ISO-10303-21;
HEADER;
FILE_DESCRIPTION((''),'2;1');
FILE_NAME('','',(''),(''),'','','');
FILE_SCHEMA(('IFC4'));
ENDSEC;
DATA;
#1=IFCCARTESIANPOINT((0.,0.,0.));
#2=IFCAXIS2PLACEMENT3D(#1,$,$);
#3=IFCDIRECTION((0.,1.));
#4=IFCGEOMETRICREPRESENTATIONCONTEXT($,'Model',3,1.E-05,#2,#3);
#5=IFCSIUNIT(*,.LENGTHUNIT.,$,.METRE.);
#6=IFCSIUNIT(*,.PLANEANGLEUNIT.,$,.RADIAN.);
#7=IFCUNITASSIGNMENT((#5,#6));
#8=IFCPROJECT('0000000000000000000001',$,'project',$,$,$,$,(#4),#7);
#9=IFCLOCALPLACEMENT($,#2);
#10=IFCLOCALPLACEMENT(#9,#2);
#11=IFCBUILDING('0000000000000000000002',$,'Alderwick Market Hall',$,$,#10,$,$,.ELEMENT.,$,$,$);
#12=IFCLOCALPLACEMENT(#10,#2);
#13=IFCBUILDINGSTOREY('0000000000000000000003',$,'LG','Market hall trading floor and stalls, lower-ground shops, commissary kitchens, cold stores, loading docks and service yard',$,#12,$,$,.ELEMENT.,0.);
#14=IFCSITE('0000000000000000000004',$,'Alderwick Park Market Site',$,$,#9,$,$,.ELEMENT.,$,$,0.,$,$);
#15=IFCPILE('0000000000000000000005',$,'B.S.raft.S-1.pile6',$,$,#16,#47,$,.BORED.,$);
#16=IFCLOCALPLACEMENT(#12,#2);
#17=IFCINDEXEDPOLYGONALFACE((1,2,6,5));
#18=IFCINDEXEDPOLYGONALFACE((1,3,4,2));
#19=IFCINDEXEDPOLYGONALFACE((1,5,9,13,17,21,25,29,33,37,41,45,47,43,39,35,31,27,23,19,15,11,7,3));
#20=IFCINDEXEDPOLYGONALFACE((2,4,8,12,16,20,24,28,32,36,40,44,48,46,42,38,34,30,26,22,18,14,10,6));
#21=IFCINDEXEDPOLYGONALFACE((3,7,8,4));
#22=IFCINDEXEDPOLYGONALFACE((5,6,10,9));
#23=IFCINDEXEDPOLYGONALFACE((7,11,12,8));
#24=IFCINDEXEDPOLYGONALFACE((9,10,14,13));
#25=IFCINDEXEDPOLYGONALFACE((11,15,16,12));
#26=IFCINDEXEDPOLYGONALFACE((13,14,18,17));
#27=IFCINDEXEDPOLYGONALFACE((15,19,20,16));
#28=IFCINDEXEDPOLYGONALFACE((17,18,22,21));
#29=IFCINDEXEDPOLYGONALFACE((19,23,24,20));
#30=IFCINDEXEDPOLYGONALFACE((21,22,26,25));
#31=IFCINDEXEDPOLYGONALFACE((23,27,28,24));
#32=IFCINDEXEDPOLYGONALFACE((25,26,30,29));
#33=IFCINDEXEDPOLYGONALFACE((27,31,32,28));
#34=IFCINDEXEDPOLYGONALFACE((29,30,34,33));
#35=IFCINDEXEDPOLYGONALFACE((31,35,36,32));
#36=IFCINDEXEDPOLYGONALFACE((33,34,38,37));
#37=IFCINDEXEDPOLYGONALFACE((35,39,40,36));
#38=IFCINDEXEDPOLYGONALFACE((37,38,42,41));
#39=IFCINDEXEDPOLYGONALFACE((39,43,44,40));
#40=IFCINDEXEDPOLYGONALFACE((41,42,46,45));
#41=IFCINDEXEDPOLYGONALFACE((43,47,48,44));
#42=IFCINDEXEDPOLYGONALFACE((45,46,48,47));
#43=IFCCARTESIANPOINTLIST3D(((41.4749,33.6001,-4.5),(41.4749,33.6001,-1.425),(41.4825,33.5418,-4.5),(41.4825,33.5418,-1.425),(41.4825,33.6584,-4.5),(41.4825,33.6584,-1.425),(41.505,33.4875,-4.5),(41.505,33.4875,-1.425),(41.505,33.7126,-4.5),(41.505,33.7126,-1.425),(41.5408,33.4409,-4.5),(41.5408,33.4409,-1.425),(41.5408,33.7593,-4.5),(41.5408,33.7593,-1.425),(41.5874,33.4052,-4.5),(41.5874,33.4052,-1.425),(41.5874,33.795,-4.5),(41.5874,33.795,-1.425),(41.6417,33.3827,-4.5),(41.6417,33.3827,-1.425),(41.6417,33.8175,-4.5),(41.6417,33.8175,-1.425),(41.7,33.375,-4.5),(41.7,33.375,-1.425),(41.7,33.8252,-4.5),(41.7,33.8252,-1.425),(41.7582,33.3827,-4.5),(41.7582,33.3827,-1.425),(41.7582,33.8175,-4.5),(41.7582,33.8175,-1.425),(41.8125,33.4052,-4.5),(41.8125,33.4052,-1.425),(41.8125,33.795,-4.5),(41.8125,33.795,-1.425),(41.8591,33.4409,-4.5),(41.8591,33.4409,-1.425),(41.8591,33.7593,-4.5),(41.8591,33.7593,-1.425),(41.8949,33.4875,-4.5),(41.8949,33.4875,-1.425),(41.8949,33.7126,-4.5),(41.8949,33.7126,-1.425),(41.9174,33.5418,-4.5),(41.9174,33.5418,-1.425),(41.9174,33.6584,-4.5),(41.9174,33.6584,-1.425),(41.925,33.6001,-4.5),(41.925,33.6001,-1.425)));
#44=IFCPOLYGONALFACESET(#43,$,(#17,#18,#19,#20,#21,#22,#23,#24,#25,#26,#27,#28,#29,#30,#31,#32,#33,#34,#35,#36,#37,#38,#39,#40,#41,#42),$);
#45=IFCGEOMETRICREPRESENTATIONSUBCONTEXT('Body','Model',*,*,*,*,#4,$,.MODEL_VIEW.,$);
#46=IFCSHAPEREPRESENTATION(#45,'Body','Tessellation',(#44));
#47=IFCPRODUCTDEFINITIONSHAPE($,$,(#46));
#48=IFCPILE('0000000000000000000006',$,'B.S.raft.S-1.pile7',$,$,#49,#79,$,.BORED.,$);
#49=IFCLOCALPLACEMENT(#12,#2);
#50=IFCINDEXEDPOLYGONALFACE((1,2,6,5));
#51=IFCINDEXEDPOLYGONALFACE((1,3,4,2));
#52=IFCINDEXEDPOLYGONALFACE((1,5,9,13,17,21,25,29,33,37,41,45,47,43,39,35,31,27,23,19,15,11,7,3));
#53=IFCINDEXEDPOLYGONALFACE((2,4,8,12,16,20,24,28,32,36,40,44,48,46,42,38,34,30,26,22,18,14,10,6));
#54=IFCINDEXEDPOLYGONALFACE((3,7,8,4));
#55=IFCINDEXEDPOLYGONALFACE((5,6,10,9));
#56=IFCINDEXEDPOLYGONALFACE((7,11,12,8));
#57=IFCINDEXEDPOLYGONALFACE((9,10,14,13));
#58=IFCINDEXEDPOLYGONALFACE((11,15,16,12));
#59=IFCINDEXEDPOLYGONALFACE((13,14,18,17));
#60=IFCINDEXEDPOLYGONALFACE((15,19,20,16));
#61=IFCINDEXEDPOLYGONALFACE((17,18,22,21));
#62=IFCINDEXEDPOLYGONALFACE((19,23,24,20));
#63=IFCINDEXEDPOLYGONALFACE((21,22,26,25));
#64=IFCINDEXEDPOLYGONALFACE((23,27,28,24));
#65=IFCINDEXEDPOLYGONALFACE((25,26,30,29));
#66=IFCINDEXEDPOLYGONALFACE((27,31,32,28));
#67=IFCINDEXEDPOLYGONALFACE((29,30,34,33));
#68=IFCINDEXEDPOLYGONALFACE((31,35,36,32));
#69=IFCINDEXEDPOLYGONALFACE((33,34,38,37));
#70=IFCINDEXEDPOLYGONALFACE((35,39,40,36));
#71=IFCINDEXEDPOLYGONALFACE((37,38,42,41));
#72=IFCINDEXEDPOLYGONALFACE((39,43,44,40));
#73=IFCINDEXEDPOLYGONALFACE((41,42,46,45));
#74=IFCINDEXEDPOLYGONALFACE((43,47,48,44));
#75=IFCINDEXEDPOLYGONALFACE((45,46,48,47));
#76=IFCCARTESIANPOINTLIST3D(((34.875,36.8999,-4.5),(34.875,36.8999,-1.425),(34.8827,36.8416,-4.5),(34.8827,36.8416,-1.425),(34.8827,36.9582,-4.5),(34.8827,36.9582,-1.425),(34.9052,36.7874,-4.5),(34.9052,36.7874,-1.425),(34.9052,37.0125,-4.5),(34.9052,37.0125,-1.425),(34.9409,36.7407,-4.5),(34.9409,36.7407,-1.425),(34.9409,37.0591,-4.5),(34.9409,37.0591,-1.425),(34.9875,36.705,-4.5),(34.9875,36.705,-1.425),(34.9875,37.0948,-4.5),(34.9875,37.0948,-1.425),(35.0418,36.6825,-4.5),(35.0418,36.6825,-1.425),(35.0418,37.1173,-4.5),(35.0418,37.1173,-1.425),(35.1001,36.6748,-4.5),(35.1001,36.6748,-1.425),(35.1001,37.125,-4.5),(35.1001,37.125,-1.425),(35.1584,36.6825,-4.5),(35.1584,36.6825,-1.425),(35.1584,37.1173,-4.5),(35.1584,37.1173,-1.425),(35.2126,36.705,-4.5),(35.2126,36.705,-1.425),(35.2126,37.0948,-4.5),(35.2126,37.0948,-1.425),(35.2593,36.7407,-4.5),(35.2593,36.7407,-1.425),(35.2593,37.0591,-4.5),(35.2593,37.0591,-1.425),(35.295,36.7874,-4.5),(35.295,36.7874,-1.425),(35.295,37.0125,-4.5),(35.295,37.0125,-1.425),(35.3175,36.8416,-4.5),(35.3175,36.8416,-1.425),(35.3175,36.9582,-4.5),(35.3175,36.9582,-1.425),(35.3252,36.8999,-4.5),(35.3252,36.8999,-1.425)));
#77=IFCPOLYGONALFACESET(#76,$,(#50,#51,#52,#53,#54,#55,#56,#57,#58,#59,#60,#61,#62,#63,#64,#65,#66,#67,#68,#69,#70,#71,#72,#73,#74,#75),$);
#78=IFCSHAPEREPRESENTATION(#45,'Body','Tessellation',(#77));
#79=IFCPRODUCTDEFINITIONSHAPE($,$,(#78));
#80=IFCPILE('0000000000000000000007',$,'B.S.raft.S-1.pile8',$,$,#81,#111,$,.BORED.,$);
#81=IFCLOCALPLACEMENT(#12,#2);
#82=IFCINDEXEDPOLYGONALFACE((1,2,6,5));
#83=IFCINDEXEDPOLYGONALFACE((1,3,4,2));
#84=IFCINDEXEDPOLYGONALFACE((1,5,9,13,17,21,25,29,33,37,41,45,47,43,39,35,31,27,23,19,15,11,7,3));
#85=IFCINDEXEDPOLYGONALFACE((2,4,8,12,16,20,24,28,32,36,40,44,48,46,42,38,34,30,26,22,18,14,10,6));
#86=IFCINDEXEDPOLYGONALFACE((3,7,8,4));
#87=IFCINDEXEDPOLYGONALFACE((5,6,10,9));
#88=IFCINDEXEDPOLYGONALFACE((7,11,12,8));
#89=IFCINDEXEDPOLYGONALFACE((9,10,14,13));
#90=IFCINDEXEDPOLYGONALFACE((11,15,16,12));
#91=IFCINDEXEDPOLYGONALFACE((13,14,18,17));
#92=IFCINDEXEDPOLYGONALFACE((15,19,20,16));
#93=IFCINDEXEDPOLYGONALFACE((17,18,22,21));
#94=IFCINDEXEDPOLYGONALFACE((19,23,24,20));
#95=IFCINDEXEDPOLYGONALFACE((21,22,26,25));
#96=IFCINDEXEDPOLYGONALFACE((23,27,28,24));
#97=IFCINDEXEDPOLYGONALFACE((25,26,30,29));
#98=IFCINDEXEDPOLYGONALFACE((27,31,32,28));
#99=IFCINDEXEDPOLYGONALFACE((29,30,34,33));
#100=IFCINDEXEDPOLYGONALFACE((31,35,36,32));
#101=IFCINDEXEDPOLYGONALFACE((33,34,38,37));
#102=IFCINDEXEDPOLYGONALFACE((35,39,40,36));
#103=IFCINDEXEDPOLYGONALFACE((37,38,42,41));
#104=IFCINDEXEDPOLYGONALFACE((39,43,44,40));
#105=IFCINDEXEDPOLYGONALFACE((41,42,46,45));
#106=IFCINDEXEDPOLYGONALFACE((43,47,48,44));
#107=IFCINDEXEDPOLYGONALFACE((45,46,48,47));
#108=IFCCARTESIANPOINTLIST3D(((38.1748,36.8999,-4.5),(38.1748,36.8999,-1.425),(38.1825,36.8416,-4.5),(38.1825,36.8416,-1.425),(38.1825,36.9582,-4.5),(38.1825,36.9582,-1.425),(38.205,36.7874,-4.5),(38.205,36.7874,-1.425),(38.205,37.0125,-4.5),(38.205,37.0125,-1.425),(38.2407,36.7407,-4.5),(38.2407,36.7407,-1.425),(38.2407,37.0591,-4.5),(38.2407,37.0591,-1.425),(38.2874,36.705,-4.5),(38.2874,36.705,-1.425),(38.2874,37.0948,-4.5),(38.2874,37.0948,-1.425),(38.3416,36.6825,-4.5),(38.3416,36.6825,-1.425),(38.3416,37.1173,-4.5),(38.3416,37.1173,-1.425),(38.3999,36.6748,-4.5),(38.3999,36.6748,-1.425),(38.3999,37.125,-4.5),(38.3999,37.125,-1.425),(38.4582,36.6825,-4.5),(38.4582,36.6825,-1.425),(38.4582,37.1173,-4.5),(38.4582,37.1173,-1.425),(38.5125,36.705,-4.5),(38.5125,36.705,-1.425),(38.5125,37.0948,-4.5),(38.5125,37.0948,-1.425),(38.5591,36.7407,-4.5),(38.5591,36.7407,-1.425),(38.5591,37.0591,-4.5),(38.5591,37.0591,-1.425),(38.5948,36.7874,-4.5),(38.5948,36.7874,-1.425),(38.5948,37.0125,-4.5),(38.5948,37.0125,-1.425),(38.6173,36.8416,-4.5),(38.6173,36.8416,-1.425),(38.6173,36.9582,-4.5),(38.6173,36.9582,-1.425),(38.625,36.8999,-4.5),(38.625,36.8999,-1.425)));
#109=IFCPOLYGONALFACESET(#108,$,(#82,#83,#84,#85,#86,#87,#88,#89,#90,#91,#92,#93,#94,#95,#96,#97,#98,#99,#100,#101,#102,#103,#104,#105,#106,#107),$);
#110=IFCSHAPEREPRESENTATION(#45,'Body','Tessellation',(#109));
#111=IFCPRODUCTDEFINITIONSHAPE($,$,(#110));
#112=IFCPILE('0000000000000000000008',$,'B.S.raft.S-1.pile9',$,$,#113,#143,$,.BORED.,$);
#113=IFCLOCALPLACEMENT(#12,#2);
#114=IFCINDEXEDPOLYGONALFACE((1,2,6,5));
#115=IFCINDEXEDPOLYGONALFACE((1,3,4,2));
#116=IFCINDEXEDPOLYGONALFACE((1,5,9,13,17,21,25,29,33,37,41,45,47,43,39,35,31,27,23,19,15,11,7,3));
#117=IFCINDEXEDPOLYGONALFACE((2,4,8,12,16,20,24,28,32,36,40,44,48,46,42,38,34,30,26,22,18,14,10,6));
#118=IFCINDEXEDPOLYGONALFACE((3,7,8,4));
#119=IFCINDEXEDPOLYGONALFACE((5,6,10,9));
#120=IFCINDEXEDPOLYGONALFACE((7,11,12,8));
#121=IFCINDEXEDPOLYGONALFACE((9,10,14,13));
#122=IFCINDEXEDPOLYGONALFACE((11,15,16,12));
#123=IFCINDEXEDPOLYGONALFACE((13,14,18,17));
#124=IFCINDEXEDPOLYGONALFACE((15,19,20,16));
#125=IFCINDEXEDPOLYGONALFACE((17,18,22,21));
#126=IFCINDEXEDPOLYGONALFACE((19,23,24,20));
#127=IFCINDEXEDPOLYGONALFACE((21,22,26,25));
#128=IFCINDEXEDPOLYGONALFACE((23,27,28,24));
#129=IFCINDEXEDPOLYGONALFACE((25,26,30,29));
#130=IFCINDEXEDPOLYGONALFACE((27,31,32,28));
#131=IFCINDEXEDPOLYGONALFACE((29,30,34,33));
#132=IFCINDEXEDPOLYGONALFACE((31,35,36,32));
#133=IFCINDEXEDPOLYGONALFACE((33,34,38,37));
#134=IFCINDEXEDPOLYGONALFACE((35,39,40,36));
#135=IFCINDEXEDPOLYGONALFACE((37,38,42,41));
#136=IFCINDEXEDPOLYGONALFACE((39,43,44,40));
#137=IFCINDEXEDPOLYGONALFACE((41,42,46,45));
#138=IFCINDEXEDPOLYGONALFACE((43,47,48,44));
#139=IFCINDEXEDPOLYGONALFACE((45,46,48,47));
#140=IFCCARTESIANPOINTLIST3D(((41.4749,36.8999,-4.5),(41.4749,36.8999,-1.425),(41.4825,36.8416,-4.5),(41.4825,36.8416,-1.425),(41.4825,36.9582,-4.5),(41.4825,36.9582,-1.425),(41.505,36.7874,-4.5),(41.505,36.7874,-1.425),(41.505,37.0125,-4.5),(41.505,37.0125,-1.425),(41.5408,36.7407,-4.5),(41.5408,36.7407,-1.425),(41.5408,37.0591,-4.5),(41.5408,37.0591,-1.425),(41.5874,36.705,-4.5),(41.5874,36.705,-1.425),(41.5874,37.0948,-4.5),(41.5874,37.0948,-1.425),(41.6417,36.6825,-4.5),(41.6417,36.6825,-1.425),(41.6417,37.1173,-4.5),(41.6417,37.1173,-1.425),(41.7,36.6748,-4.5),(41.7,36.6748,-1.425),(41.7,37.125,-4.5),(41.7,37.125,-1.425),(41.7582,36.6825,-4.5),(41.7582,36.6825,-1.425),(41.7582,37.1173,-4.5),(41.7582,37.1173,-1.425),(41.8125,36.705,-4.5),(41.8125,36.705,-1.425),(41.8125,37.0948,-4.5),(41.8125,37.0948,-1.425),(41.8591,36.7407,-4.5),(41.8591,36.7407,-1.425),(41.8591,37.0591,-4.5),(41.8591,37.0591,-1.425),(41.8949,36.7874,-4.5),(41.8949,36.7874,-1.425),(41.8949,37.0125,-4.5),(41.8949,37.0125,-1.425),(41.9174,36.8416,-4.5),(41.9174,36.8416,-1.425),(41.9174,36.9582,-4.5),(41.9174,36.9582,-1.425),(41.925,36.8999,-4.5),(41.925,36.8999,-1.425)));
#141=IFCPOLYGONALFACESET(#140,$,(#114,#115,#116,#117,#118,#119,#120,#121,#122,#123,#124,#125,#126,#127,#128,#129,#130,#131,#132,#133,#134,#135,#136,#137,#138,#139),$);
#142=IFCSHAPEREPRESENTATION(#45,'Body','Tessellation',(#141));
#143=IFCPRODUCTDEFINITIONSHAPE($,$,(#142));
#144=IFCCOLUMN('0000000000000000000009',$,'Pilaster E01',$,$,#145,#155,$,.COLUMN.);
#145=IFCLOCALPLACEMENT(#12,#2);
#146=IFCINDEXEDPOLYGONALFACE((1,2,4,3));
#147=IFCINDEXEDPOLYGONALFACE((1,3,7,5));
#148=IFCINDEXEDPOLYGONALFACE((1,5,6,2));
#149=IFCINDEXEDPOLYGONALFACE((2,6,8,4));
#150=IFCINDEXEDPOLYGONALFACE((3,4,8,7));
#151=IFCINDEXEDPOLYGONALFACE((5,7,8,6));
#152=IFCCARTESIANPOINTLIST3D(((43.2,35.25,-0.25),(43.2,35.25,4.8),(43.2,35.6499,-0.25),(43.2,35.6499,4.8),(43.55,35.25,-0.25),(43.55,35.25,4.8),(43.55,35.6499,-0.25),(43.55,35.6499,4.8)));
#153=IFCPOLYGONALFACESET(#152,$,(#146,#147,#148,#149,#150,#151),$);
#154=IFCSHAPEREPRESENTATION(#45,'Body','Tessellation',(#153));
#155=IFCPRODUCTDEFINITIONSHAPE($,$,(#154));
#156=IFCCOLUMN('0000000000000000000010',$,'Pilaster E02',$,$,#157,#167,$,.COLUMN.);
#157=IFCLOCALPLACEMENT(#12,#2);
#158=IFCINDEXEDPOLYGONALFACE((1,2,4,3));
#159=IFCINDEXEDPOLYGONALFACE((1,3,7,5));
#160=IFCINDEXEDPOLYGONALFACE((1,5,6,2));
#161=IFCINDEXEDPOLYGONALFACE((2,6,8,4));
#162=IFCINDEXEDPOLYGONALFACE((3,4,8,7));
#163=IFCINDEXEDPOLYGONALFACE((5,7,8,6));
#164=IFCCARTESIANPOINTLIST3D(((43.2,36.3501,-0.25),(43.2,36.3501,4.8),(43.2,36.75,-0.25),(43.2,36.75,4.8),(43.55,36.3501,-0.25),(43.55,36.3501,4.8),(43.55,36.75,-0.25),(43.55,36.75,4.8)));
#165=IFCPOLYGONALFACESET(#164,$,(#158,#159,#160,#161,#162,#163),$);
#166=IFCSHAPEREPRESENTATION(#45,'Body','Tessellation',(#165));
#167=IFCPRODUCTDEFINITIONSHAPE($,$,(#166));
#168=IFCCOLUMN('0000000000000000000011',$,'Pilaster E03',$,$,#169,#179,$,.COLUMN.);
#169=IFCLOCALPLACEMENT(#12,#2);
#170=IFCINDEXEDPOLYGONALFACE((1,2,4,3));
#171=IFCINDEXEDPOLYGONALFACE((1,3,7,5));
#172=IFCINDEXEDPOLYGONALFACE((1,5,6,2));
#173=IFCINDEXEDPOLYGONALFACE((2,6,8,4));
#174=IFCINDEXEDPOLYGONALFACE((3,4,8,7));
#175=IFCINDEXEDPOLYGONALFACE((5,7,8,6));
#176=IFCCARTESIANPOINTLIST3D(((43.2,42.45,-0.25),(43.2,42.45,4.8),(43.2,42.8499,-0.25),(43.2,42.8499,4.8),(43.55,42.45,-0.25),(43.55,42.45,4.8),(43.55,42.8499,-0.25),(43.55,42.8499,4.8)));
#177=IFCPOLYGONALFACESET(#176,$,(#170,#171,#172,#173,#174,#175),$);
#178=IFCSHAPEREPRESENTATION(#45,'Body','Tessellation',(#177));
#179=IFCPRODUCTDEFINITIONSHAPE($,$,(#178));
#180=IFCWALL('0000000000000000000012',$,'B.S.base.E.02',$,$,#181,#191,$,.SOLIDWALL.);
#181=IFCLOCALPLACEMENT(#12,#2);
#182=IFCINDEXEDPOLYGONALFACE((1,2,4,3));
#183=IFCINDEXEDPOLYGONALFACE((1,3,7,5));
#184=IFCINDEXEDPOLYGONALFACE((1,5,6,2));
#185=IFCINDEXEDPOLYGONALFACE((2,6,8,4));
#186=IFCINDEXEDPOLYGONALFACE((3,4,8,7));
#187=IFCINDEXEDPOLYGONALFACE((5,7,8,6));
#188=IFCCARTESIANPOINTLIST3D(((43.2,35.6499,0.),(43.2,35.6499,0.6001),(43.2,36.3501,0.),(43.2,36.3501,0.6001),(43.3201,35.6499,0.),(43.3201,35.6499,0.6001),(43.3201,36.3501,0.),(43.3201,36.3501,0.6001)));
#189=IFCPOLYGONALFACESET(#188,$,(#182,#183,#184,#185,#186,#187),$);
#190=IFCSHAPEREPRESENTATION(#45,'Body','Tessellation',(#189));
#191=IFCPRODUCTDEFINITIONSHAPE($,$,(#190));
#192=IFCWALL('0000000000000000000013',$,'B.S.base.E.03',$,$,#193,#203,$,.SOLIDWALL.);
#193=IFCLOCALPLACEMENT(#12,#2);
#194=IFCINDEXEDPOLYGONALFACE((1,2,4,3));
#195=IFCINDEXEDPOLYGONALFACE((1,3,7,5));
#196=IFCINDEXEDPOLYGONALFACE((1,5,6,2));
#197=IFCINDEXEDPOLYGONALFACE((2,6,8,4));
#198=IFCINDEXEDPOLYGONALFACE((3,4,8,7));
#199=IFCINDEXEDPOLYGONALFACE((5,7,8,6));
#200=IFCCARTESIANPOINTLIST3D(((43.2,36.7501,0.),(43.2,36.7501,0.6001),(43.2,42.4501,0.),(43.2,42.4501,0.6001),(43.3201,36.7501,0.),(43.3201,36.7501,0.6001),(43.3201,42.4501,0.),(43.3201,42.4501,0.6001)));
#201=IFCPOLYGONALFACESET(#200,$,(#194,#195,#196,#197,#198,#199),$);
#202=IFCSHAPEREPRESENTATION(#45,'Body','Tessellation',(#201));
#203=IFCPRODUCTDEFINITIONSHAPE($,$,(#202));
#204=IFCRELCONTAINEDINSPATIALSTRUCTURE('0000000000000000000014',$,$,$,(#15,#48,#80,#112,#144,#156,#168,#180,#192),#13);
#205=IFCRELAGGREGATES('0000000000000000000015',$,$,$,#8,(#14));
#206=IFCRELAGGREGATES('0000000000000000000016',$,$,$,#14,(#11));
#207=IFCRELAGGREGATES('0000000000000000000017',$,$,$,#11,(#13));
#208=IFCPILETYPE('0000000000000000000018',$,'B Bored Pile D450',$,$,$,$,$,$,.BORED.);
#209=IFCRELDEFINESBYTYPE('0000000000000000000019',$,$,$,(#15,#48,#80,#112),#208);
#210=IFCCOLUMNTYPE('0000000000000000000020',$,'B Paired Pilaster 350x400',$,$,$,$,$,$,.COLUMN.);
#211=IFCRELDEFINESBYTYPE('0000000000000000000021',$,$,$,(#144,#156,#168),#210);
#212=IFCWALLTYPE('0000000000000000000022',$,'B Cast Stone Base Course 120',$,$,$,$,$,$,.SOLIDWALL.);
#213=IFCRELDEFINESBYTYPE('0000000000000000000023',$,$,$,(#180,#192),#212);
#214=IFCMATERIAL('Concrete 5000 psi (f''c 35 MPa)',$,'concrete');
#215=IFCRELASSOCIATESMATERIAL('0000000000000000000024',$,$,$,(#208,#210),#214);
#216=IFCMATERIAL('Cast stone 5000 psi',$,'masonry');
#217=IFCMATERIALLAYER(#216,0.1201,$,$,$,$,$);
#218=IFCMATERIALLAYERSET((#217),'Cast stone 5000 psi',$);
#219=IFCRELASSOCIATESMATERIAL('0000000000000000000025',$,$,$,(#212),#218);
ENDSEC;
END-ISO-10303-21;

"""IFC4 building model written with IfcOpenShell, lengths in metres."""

from ifc_helpers import new_model, si_unit, direction, frame, frame_2d, origin, origin_2d, place, context, subcontext, project, spatial, rectangle, circle, extrude, material, layer, layer_set, material_profile, profile_set, type_object, element, save


model = new_model("IFC4")

# Units and contexts
model_context = context("Model", 3, precision=1e-05, world=origin(), true_north=direction((0.0, 1.0)))
body_context = subcontext(model_context, "Body", "Model", "MODEL_VIEW")
ifc_project = project(units=[si_unit("LENGTHUNIT", "METRE"), si_unit("PLANEANGLEUNIT", "RADIAN")], contexts=[model_context])

# Site, building, storey
site_placement = place(None, origin())
site = spatial("IfcSite", under=ifc_project, at=site_placement, Name="Alderwick Park Market Site", CompositionType="ELEMENT", RefElevation=0.0)
building_placement = place(site_placement, origin())
building = spatial("IfcBuilding", under=site, at=building_placement, Name="Alderwick Market Hall", CompositionType="ELEMENT")
storey_placement = place(building_placement, origin())
storey = spatial("IfcBuildingStorey", under=building, at=storey_placement, Name="LG", Description="Market hall trading floor and stalls, lower-ground shops, commissary kitchens, cold stores, loading docks and service yard", CompositionType="ELEMENT", Elevation=0.0)

# Piles
ifc_material_1 = material(Name="Concrete 5000 psi (f'c 35 MPa)", Category="concrete")
ifc_material_profile_1 = material_profile(ifc_material_1, circle(Radius=0.2251, at=origin_2d()), Name="B Bored Pile D450")
ifc_profile_set_1 = profile_set([ifc_material_profile_1], Name="Concrete 5000 psi (f'c 35 MPa)")
pile_type = type_object("IfcPileType", Name="B Bored Pile D450", PredefinedType="BORED", material=ifc_profile_set_1)
for number, where, z_axis, x_axis, name in (
    (1, (41.7, 33.6001, -1.425), (0.0, 0.0, -1.0), (1.0, 0.0, 0.0), "B.S.raft.S-1.pile6"),
    (2, (35.1001, 36.8999, -1.425), (0.0, 0.0, -1.0), (1.0, 0.0, 0.0), "B.S.raft.S-1.pile7"),
    (3, (38.3999, 36.8999, -1.425), (0.0, 0.0, -1.0), (1.0, 0.0, 0.0), "B.S.raft.S-1.pile8"),
    (4, (41.7, 36.8999, -1.425), (0.0, 0.0, -1.0), (1.0, 0.0, 0.0), "B.S.raft.S-1.pile9"),
):
    element("IfcPile", number, at=place(storey_placement, frame(where, z_axis=z_axis, x_axis=x_axis)), inside=storey, type_object=pile_type, Name=name, PredefinedType="BORED", context=body_context, shape_type="SweptSolid", body=[
        extrude(circle(Radius=0.2251, at=origin_2d()), origin(), (0.0, 0.0, 1.0), 3.075),
    ])

# Columns
ifc_material_profile_2 = material_profile(ifc_material_1, rectangle(XDim=0.3501, YDim=0.3999, at=origin_2d()), Name="B Paired Pilaster 350x400")
ifc_profile_set_2 = profile_set([ifc_material_profile_2], Name="Concrete 5000 psi (f'c 35 MPa)")
column_type = type_object("IfcColumnType", Name="B Paired Pilaster 350x400", PredefinedType="COLUMN", material=ifc_profile_set_2)
for number, where, z_axis, x_axis, name in (
    (5, (43.375, 35.45, -0.25), (0.0, 0.0, 1.0), (1.0, 0.0, 0.0), "Pilaster E01"),
    (6, (43.375, 36.55, -0.25), (0.0, 0.0, 1.0), (1.0, 0.0, 0.0), "Pilaster E02"),
    (7, (43.375, 42.6499, -0.25), (0.0, 0.0, 1.0), (1.0, 0.0, 0.0), "Pilaster E03"),
):
    element("IfcColumn", number, at=place(storey_placement, frame(where, z_axis=z_axis, x_axis=x_axis)), inside=storey, type_object=column_type, Name=name, PredefinedType="COLUMN", context=body_context, shape_type="SweptSolid", body=[
        extrude(rectangle(XDim=0.3501, YDim=0.3999, at=origin_2d()), origin(), (0.0, 0.0, 1.0), 5.05),
    ])

# Walls
ifc_material_2 = material(Name="Cast stone 5000 psi", Category="masonry")
ifc_layer_1 = layer(ifc_material_2, 0.1201)
ifc_layer_set_1 = layer_set([ifc_layer_1], Name="Cast stone 5000 psi")
wall_type_1 = type_object("IfcWallType", Name="B Cast Stone Base Course 120", PredefinedType="SOLIDWALL", material=ifc_layer_set_1)
wall_1_placement = place(storey_placement, frame((43.26, 35.6499, 0.0), z_axis=(0.0, 0.0, 1.0), x_axis=(0.0, 1.0, 0.0)))
element("IfcWall", 8, at=wall_1_placement, inside=storey, type_object=wall_type_1, Name="B.S.base.E.02", PredefinedType="SOLIDWALL", context=body_context, shape_type="SweptSolid", body=[
    extrude(rectangle(XDim=0.7002, YDim=0.1201, at=frame_2d((0.3501, 0.0))), origin(), (0.0, 0.0, 1.0), 0.6001),
])
wall_2_placement = place(storey_placement, frame((43.26, 36.75, 0.0), z_axis=(0.0, 0.0, 1.0), x_axis=(0.0, 1.0, 0.0)))
element("IfcWall", 9, at=wall_2_placement, inside=storey, type_object=wall_type_1, Name="B.S.base.E.03", PredefinedType="SOLIDWALL", context=body_context, shape_type="SweptSolid", body=[
    extrude(rectangle(XDim=5.7, YDim=0.1201, at=frame_2d((2.8501, 0.0))), origin(), (0.0, 0.0, 1.0), 0.6001),
])

save(model, "model.ifc")
